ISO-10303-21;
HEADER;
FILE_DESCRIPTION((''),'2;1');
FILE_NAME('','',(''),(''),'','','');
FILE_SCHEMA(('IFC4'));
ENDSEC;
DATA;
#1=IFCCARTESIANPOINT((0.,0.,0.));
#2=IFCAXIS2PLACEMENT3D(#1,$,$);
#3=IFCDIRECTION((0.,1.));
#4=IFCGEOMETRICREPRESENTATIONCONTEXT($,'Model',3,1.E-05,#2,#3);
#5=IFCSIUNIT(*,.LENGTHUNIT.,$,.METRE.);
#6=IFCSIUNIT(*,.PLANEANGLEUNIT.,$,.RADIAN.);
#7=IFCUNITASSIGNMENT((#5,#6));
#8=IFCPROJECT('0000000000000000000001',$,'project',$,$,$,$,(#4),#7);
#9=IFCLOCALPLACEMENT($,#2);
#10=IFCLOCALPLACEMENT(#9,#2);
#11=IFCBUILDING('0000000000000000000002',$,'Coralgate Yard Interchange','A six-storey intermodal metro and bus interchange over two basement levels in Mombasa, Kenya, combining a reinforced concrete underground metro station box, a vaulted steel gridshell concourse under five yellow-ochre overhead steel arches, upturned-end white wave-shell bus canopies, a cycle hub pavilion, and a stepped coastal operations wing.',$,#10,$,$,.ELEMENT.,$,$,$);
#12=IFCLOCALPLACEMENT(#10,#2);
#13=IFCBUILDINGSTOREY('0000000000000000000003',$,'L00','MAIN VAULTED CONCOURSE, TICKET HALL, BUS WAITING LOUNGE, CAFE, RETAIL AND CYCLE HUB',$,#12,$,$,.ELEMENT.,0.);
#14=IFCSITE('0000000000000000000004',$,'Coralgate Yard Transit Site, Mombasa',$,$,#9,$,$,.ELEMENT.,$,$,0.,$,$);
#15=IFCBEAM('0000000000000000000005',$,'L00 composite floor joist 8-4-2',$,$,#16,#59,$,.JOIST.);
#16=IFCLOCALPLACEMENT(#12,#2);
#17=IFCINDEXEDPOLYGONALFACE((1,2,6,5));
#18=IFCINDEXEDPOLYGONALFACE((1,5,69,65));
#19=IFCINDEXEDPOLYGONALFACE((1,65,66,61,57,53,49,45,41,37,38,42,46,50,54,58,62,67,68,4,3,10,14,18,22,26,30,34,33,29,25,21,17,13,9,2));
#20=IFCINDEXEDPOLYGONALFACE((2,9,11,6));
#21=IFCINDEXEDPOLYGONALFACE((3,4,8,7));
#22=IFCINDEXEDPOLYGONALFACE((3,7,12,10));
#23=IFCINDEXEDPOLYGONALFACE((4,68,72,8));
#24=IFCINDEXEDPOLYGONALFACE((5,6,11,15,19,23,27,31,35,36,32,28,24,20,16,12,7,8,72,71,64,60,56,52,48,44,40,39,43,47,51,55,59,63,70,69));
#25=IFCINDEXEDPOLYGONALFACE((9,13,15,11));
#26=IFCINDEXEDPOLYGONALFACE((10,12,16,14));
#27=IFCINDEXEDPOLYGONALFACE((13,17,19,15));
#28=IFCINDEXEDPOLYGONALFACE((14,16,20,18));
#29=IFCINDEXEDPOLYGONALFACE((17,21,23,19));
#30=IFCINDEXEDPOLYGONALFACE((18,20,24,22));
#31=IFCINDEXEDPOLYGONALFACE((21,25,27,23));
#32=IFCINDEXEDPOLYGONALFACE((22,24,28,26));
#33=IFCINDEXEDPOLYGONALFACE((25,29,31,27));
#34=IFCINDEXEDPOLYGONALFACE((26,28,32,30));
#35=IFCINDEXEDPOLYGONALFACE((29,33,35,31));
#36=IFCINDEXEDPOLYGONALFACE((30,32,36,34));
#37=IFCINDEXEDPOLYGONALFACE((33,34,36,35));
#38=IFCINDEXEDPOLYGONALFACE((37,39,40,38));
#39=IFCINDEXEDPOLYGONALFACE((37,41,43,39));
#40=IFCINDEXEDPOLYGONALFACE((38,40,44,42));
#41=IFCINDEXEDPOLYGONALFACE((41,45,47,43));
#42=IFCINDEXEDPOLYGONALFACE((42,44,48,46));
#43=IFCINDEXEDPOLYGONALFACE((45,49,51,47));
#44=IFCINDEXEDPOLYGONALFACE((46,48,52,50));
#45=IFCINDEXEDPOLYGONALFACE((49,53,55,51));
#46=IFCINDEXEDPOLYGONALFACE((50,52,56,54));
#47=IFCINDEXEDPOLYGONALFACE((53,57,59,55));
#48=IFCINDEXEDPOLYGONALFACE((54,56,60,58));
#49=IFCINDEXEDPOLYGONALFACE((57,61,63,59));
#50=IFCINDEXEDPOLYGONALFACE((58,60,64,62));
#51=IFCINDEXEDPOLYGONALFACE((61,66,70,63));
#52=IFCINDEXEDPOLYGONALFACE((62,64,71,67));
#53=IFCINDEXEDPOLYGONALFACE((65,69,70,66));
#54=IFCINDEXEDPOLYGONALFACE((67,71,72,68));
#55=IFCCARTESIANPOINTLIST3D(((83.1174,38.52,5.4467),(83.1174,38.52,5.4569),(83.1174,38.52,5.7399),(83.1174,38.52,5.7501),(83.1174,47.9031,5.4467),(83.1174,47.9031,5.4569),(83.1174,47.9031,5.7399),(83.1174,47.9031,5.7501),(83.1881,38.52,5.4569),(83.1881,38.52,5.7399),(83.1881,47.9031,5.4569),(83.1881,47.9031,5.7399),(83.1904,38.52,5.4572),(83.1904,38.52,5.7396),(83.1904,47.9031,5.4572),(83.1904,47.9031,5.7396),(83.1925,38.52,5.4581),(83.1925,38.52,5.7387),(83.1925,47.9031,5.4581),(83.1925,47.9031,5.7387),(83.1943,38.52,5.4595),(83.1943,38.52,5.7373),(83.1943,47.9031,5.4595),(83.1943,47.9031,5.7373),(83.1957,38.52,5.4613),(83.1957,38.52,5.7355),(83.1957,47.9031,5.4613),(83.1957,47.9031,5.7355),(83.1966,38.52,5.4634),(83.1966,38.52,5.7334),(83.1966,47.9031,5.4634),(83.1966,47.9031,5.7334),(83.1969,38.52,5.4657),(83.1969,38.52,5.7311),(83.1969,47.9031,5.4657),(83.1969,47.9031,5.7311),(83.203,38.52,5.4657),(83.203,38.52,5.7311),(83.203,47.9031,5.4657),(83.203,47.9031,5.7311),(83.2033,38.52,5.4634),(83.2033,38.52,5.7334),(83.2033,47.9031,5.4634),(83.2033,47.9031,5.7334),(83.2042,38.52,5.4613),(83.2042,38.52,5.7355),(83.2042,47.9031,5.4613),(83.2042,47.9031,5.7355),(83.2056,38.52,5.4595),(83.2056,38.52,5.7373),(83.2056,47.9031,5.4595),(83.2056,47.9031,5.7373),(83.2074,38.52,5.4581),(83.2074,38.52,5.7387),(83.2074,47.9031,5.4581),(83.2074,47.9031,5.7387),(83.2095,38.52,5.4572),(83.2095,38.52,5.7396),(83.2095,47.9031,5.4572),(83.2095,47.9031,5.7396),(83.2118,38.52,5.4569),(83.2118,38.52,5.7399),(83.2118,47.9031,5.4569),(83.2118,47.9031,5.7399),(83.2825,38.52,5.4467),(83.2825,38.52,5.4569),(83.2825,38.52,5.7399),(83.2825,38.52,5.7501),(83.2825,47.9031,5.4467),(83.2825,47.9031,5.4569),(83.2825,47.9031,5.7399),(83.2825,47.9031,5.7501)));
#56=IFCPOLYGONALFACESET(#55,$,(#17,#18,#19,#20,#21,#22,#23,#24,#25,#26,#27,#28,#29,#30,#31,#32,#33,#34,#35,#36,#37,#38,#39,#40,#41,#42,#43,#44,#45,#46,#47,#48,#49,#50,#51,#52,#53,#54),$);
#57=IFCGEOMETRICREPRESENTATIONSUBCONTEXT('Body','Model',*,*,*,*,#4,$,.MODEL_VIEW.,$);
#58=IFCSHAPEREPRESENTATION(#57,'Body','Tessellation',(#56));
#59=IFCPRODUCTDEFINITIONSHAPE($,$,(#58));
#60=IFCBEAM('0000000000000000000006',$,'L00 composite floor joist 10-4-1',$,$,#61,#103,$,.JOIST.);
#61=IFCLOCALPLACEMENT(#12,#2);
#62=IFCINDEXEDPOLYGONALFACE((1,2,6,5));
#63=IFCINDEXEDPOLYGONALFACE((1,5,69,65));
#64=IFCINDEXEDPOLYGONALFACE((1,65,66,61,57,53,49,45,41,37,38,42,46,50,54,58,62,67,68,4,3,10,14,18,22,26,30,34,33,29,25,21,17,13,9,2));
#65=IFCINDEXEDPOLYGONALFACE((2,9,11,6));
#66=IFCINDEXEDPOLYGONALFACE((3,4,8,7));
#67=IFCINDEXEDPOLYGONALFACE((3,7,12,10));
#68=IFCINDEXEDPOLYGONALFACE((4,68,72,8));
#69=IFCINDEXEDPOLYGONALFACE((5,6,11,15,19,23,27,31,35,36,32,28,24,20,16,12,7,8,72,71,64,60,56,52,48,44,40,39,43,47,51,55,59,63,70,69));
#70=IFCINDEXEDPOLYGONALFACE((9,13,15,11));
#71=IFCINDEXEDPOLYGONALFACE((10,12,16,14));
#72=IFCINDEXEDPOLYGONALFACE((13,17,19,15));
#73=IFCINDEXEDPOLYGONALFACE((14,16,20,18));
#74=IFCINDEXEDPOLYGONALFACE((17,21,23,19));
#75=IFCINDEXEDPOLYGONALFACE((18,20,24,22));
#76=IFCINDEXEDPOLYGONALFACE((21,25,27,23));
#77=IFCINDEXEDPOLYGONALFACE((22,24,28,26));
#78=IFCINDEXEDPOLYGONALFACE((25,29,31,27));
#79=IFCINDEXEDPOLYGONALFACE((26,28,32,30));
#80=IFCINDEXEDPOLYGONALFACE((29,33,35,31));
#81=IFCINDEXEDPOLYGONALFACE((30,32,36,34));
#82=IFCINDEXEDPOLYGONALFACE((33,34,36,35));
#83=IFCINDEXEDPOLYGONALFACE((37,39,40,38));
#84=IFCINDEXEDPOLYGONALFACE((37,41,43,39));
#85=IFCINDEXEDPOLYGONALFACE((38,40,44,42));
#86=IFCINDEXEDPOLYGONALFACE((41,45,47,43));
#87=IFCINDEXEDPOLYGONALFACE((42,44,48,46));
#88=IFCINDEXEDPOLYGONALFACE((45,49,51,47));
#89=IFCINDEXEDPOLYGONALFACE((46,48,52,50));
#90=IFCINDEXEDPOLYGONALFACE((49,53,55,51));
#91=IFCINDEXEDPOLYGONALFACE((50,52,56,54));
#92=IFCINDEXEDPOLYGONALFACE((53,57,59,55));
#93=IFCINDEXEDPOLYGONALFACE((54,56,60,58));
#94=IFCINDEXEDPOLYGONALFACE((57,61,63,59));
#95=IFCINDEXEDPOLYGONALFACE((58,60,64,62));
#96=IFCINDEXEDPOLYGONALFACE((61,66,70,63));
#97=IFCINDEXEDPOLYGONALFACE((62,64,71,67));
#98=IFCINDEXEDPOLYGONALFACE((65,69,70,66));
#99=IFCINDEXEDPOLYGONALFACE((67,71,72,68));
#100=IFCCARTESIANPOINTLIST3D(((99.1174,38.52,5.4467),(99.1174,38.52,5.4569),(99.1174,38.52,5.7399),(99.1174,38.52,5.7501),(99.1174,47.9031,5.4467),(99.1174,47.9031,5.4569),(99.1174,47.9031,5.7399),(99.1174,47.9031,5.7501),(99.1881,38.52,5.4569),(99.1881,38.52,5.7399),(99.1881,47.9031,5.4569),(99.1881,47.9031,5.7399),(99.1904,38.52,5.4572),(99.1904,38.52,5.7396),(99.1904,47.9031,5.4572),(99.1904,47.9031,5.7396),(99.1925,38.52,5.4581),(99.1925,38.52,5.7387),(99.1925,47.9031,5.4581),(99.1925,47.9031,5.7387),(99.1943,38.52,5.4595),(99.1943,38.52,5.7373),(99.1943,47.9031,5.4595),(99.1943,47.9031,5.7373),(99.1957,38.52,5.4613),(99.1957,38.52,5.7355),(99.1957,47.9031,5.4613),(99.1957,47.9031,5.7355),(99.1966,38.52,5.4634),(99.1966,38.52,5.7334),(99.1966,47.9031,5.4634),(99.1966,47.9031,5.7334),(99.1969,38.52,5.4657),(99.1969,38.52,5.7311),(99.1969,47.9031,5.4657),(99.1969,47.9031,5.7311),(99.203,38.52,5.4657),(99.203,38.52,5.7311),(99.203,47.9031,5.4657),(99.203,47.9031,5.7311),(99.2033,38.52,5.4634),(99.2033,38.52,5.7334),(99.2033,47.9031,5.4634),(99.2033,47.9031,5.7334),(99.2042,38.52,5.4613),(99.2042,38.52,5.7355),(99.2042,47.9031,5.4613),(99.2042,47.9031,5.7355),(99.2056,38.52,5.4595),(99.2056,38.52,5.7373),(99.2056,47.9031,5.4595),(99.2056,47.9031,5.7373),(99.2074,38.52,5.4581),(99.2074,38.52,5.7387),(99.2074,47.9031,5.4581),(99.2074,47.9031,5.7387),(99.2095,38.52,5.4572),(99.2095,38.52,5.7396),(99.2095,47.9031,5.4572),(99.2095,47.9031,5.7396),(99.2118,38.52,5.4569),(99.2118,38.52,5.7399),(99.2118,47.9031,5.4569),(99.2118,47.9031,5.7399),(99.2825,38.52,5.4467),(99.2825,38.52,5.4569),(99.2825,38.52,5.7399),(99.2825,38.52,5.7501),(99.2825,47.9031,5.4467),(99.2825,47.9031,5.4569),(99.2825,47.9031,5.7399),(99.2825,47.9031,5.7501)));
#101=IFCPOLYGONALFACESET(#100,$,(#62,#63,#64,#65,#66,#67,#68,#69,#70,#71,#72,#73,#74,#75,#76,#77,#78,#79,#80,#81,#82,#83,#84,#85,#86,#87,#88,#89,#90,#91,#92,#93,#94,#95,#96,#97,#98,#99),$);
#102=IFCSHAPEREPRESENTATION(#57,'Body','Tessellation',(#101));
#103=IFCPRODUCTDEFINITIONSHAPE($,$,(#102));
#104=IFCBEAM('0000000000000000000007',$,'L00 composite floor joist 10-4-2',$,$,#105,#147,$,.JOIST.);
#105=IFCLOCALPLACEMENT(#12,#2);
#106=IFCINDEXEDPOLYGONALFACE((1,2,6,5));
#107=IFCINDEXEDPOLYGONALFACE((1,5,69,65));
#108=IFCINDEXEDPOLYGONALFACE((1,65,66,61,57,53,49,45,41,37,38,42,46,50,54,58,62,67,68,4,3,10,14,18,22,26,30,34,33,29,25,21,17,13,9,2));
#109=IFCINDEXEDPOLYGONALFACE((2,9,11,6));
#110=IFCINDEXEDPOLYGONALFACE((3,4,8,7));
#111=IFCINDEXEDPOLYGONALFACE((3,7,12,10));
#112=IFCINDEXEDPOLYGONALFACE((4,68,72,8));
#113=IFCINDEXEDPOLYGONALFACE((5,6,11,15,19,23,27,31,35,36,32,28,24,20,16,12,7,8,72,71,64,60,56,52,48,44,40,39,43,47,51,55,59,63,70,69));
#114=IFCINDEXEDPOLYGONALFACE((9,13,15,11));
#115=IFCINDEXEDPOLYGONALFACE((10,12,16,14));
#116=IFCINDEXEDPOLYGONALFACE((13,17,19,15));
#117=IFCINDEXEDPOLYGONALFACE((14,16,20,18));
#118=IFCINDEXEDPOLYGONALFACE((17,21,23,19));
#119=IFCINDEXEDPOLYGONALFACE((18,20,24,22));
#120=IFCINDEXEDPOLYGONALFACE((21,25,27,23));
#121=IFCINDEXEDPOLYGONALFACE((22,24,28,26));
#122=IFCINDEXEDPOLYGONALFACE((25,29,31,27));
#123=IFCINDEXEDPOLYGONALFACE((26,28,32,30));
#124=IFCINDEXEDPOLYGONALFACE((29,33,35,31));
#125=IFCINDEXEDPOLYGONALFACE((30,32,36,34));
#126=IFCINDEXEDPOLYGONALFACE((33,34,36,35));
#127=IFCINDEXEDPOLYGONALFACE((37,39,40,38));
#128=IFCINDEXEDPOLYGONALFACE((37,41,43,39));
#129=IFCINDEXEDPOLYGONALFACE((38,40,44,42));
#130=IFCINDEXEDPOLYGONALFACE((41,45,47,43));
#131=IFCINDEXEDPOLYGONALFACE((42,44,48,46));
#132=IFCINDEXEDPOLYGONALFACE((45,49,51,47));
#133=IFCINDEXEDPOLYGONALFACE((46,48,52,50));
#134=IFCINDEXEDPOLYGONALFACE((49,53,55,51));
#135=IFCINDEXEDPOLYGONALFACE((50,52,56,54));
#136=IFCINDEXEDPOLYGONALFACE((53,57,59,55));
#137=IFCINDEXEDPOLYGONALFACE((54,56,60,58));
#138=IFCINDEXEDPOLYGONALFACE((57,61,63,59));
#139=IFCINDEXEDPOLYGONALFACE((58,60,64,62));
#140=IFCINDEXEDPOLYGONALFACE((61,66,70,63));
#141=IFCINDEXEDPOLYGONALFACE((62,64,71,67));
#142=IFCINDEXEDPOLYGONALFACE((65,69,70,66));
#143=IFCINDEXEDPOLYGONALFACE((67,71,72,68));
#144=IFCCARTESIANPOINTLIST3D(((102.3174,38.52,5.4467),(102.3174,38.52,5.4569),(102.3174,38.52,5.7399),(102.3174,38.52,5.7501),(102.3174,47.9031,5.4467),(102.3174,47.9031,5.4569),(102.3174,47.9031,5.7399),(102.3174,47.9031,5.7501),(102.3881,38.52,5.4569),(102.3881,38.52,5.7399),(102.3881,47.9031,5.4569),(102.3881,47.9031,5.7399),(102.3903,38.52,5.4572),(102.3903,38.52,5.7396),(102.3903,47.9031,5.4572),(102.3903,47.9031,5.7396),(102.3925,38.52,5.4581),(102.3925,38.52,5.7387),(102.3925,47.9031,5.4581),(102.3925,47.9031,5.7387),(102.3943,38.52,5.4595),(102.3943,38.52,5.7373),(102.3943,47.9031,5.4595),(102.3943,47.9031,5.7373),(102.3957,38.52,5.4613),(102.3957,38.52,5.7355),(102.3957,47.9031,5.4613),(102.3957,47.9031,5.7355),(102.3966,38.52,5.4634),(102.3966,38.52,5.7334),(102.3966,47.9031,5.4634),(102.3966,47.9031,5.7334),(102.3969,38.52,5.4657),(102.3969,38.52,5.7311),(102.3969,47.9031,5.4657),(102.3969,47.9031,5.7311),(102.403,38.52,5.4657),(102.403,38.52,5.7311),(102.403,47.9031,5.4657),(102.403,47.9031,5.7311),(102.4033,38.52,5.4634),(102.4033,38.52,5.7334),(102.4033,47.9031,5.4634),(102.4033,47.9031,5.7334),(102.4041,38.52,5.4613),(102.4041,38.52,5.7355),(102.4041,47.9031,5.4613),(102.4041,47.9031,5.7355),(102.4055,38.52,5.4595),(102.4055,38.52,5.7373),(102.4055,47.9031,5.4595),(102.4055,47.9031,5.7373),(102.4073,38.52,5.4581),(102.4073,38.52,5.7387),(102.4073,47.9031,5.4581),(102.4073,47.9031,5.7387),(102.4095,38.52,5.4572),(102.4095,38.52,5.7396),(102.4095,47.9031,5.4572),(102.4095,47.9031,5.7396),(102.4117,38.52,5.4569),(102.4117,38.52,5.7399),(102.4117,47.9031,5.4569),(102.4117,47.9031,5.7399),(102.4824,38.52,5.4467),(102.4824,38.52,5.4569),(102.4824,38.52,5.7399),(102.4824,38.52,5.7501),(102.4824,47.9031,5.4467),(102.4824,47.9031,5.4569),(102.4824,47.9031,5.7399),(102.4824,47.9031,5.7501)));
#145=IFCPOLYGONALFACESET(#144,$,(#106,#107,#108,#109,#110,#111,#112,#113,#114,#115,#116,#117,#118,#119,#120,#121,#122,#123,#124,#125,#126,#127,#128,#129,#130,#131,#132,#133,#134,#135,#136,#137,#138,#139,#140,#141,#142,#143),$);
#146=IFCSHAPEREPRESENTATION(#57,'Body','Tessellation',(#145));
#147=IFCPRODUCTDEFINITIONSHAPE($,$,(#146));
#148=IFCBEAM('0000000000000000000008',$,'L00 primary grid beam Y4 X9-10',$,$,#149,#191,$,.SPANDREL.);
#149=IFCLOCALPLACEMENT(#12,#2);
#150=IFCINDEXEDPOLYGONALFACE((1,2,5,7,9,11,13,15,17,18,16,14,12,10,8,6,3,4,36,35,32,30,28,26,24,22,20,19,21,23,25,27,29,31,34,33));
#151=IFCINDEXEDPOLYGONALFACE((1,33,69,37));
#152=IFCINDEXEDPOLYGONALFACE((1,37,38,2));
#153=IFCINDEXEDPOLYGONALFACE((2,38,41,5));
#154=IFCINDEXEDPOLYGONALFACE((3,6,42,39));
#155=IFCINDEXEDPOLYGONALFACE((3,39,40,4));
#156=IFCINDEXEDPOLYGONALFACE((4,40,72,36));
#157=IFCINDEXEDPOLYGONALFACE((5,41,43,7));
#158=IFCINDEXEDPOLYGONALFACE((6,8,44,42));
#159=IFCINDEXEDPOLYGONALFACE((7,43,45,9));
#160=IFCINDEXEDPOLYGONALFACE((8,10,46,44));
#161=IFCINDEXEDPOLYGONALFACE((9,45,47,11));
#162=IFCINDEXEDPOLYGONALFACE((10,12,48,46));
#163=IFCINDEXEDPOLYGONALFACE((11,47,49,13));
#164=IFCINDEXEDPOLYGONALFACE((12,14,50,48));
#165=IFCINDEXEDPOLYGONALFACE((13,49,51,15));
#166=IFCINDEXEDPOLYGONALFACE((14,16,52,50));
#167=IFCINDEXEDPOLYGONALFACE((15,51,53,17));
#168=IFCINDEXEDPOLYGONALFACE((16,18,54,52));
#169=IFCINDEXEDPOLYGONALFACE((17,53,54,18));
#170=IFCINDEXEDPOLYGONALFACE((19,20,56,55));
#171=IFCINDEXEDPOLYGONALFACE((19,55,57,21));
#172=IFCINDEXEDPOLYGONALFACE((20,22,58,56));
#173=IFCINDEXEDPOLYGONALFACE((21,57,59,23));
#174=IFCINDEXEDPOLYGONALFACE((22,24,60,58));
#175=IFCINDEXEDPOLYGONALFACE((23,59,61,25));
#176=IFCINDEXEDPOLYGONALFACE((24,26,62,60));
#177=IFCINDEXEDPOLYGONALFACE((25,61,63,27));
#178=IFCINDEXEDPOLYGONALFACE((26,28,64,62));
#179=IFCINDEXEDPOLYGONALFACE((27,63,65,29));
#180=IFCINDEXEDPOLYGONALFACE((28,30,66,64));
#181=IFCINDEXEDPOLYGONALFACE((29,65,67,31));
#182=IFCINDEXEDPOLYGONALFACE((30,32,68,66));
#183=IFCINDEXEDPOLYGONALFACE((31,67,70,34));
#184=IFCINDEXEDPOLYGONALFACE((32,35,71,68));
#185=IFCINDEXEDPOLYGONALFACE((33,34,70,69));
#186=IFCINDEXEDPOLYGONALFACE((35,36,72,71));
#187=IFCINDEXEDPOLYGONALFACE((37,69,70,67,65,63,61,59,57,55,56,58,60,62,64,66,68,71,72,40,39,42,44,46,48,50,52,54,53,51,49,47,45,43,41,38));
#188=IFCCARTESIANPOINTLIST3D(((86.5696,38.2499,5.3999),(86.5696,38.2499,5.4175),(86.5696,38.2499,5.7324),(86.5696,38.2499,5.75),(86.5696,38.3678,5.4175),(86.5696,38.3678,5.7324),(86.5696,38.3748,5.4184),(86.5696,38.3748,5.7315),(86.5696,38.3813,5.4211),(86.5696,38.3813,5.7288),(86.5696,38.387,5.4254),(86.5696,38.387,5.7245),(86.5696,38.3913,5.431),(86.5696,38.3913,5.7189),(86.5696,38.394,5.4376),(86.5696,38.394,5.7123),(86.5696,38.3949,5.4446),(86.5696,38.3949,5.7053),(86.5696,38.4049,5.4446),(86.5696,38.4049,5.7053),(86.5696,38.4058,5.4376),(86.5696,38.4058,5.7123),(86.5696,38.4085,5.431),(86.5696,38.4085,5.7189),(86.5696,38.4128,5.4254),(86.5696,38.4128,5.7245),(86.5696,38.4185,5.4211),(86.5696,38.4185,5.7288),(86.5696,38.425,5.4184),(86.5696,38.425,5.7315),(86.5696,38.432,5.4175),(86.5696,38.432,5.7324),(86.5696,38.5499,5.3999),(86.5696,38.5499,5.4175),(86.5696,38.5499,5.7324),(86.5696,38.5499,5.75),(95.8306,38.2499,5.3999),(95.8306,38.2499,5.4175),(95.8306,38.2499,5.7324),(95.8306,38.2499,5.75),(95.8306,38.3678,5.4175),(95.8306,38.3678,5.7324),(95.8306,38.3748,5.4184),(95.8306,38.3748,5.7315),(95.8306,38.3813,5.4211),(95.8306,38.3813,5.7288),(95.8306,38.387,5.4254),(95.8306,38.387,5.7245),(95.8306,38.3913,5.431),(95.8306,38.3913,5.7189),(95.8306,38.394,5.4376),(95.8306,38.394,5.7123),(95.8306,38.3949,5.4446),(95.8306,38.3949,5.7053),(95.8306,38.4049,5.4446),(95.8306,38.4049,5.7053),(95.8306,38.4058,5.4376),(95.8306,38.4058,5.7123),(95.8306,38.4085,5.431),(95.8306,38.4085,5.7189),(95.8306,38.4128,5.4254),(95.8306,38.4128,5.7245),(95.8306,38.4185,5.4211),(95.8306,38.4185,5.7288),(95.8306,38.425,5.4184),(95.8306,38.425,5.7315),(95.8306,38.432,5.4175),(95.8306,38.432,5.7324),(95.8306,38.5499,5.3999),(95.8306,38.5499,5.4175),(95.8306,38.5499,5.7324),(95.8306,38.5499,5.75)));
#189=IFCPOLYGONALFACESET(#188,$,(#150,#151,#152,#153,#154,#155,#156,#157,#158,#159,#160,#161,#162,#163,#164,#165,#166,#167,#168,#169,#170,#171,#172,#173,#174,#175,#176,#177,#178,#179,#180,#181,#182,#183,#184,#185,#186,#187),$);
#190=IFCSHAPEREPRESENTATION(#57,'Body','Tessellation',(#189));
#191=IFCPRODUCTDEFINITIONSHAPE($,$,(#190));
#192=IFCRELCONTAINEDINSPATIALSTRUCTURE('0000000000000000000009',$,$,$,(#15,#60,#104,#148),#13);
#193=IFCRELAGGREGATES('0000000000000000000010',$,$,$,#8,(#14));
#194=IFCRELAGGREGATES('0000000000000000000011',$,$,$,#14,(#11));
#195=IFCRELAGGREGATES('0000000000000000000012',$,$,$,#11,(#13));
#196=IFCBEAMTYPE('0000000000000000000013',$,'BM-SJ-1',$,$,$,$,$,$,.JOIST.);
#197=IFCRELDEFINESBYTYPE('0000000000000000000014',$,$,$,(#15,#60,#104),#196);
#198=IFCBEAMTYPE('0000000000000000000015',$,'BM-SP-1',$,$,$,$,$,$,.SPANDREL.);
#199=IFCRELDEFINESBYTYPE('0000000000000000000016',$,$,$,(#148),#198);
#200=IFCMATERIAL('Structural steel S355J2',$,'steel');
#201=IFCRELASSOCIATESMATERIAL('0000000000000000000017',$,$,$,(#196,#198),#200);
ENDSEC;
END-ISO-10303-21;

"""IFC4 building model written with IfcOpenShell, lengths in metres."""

from ifc_helpers import new_model, si_unit, direction, frame, origin, origin_2d, place, context, subcontext, project, spatial, i_section, extrude, material, material_profile, profile_set, type_object, element, save


model = new_model("IFC4")

# Units and contexts
model_context = context("Model", 3, precision=1e-05, world=origin(), true_north=direction((0.0, 1.0)))
body_context = subcontext(model_context, "Body", "Model", "MODEL_VIEW")
ifc_project = project(units=[si_unit("LENGTHUNIT", "METRE"), si_unit("PLANEANGLEUNIT", "RADIAN")], contexts=[model_context])

# Site, building, storey
site_placement = place(None, origin())
site = spatial("IfcSite", under=ifc_project, at=site_placement, Name="Coralgate Yard Transit Site, Mombasa", CompositionType="ELEMENT", RefElevation=0.0)
building_placement = place(site_placement, origin())
building = spatial("IfcBuilding", under=site, at=building_placement, Name="Coralgate Yard Interchange", Description="A six-storey intermodal metro and bus interchange over two basement levels in Mombasa, Kenya, combining a reinforced concrete underground metro station box, a vaulted steel gridshell concourse under five yellow-ochre overhead steel arches, upturned-end white wave-shell bus canopies, a cycle hub pavilion, and a stepped coastal operations wing.", CompositionType="ELEMENT")
storey_placement = place(building_placement, origin())
storey = spatial("IfcBuildingStorey", under=building, at=storey_placement, Name="L00", Description="MAIN VAULTED CONCOURSE, TICKET HALL, BUS WAITING LOUNGE, CAFE, RETAIL AND CYCLE HUB", CompositionType="ELEMENT", Elevation=0.0)

# Shared definitions
ifc_material_1 = material(Name="Structural steel S355J2", Category="steel")

# Beams
ifc_material_profile_1 = material_profile(ifc_material_1, i_section(OverallWidth=0.165, OverallDepth=0.3035, WebThickness=0.0061, FlangeThickness=0.0103, FilletRadius=0.0088, at=origin_2d()), Name="UB 305x165x40")
ifc_profile_set_1 = profile_set([ifc_material_profile_1], Name="Structural steel S355J2")
beam_type_1 = type_object("IfcBeamType", Name="BM-SJ-1", PredefinedType="JOIST", material=ifc_profile_set_1)
for number, where, z_axis, x_axis, name in (
    (1, (83.2, 38.52, 5.5984), (0.0, 1.0, 0.0), (-1.0, 0.0, 0.0), "L00 composite floor joist 8-4-2"),
    (2, (99.2, 38.52, 5.5984), (0.0, 1.0, 0.0), (-1.0, 0.0, 0.0), "L00 composite floor joist 10-4-1"),
    (3, (102.3999, 38.52, 5.5984), (0.0, 1.0, 0.0), (-1.0, 0.0, 0.0), "L00 composite floor joist 10-4-2"),
):
    element("IfcBeam", number, at=place(storey_placement, frame(where, z_axis=z_axis, x_axis=x_axis)), inside=storey, type_object=beam_type_1, Name=name, PredefinedType="JOIST", context=body_context, shape_type="SweptSolid", body=[
        extrude(i_section(OverallWidth=0.165, OverallDepth=0.3035, WebThickness=0.0061, FlangeThickness=0.0103, FilletRadius=0.0088, at=origin_2d()), origin(), (0.0, 0.0, 1.0), 9.3831),
    ])
ifc_material_profile_2 = material_profile(ifc_material_1, i_section(OverallWidth=0.3, OverallDepth=0.3501, WebThickness=0.01, FlangeThickness=0.0176, FilletRadius=0.0271, at=origin_2d()), Name="HEA 360")
ifc_profile_set_2 = profile_set([ifc_material_profile_2], Name="Structural steel S355J2")
beam_type_2 = type_object("IfcBeamType", Name="BM-SP-1", PredefinedType="SPANDREL", material=ifc_profile_set_2)
for number, where, z_axis, x_axis, name in (
    (4, (86.5696, 38.3999, 5.575), (1.0, 0.0, 0.0), (0.0, 1.0, 0.0), "L00 primary grid beam Y4 X9-10"),
):
    element("IfcBeam", number, at=place(storey_placement, frame(where, z_axis=z_axis, x_axis=x_axis)), inside=storey, type_object=beam_type_2, Name=name, PredefinedType="SPANDREL", context=body_context, shape_type="SweptSolid", body=[
        extrude(i_section(OverallWidth=0.3, OverallDepth=0.3501, WebThickness=0.01, FlangeThickness=0.0176, FilletRadius=0.0271, at=origin_2d()), origin(), (0.0, 0.0, 1.0), 9.261),
    ])

save(model, "model.ifc")
